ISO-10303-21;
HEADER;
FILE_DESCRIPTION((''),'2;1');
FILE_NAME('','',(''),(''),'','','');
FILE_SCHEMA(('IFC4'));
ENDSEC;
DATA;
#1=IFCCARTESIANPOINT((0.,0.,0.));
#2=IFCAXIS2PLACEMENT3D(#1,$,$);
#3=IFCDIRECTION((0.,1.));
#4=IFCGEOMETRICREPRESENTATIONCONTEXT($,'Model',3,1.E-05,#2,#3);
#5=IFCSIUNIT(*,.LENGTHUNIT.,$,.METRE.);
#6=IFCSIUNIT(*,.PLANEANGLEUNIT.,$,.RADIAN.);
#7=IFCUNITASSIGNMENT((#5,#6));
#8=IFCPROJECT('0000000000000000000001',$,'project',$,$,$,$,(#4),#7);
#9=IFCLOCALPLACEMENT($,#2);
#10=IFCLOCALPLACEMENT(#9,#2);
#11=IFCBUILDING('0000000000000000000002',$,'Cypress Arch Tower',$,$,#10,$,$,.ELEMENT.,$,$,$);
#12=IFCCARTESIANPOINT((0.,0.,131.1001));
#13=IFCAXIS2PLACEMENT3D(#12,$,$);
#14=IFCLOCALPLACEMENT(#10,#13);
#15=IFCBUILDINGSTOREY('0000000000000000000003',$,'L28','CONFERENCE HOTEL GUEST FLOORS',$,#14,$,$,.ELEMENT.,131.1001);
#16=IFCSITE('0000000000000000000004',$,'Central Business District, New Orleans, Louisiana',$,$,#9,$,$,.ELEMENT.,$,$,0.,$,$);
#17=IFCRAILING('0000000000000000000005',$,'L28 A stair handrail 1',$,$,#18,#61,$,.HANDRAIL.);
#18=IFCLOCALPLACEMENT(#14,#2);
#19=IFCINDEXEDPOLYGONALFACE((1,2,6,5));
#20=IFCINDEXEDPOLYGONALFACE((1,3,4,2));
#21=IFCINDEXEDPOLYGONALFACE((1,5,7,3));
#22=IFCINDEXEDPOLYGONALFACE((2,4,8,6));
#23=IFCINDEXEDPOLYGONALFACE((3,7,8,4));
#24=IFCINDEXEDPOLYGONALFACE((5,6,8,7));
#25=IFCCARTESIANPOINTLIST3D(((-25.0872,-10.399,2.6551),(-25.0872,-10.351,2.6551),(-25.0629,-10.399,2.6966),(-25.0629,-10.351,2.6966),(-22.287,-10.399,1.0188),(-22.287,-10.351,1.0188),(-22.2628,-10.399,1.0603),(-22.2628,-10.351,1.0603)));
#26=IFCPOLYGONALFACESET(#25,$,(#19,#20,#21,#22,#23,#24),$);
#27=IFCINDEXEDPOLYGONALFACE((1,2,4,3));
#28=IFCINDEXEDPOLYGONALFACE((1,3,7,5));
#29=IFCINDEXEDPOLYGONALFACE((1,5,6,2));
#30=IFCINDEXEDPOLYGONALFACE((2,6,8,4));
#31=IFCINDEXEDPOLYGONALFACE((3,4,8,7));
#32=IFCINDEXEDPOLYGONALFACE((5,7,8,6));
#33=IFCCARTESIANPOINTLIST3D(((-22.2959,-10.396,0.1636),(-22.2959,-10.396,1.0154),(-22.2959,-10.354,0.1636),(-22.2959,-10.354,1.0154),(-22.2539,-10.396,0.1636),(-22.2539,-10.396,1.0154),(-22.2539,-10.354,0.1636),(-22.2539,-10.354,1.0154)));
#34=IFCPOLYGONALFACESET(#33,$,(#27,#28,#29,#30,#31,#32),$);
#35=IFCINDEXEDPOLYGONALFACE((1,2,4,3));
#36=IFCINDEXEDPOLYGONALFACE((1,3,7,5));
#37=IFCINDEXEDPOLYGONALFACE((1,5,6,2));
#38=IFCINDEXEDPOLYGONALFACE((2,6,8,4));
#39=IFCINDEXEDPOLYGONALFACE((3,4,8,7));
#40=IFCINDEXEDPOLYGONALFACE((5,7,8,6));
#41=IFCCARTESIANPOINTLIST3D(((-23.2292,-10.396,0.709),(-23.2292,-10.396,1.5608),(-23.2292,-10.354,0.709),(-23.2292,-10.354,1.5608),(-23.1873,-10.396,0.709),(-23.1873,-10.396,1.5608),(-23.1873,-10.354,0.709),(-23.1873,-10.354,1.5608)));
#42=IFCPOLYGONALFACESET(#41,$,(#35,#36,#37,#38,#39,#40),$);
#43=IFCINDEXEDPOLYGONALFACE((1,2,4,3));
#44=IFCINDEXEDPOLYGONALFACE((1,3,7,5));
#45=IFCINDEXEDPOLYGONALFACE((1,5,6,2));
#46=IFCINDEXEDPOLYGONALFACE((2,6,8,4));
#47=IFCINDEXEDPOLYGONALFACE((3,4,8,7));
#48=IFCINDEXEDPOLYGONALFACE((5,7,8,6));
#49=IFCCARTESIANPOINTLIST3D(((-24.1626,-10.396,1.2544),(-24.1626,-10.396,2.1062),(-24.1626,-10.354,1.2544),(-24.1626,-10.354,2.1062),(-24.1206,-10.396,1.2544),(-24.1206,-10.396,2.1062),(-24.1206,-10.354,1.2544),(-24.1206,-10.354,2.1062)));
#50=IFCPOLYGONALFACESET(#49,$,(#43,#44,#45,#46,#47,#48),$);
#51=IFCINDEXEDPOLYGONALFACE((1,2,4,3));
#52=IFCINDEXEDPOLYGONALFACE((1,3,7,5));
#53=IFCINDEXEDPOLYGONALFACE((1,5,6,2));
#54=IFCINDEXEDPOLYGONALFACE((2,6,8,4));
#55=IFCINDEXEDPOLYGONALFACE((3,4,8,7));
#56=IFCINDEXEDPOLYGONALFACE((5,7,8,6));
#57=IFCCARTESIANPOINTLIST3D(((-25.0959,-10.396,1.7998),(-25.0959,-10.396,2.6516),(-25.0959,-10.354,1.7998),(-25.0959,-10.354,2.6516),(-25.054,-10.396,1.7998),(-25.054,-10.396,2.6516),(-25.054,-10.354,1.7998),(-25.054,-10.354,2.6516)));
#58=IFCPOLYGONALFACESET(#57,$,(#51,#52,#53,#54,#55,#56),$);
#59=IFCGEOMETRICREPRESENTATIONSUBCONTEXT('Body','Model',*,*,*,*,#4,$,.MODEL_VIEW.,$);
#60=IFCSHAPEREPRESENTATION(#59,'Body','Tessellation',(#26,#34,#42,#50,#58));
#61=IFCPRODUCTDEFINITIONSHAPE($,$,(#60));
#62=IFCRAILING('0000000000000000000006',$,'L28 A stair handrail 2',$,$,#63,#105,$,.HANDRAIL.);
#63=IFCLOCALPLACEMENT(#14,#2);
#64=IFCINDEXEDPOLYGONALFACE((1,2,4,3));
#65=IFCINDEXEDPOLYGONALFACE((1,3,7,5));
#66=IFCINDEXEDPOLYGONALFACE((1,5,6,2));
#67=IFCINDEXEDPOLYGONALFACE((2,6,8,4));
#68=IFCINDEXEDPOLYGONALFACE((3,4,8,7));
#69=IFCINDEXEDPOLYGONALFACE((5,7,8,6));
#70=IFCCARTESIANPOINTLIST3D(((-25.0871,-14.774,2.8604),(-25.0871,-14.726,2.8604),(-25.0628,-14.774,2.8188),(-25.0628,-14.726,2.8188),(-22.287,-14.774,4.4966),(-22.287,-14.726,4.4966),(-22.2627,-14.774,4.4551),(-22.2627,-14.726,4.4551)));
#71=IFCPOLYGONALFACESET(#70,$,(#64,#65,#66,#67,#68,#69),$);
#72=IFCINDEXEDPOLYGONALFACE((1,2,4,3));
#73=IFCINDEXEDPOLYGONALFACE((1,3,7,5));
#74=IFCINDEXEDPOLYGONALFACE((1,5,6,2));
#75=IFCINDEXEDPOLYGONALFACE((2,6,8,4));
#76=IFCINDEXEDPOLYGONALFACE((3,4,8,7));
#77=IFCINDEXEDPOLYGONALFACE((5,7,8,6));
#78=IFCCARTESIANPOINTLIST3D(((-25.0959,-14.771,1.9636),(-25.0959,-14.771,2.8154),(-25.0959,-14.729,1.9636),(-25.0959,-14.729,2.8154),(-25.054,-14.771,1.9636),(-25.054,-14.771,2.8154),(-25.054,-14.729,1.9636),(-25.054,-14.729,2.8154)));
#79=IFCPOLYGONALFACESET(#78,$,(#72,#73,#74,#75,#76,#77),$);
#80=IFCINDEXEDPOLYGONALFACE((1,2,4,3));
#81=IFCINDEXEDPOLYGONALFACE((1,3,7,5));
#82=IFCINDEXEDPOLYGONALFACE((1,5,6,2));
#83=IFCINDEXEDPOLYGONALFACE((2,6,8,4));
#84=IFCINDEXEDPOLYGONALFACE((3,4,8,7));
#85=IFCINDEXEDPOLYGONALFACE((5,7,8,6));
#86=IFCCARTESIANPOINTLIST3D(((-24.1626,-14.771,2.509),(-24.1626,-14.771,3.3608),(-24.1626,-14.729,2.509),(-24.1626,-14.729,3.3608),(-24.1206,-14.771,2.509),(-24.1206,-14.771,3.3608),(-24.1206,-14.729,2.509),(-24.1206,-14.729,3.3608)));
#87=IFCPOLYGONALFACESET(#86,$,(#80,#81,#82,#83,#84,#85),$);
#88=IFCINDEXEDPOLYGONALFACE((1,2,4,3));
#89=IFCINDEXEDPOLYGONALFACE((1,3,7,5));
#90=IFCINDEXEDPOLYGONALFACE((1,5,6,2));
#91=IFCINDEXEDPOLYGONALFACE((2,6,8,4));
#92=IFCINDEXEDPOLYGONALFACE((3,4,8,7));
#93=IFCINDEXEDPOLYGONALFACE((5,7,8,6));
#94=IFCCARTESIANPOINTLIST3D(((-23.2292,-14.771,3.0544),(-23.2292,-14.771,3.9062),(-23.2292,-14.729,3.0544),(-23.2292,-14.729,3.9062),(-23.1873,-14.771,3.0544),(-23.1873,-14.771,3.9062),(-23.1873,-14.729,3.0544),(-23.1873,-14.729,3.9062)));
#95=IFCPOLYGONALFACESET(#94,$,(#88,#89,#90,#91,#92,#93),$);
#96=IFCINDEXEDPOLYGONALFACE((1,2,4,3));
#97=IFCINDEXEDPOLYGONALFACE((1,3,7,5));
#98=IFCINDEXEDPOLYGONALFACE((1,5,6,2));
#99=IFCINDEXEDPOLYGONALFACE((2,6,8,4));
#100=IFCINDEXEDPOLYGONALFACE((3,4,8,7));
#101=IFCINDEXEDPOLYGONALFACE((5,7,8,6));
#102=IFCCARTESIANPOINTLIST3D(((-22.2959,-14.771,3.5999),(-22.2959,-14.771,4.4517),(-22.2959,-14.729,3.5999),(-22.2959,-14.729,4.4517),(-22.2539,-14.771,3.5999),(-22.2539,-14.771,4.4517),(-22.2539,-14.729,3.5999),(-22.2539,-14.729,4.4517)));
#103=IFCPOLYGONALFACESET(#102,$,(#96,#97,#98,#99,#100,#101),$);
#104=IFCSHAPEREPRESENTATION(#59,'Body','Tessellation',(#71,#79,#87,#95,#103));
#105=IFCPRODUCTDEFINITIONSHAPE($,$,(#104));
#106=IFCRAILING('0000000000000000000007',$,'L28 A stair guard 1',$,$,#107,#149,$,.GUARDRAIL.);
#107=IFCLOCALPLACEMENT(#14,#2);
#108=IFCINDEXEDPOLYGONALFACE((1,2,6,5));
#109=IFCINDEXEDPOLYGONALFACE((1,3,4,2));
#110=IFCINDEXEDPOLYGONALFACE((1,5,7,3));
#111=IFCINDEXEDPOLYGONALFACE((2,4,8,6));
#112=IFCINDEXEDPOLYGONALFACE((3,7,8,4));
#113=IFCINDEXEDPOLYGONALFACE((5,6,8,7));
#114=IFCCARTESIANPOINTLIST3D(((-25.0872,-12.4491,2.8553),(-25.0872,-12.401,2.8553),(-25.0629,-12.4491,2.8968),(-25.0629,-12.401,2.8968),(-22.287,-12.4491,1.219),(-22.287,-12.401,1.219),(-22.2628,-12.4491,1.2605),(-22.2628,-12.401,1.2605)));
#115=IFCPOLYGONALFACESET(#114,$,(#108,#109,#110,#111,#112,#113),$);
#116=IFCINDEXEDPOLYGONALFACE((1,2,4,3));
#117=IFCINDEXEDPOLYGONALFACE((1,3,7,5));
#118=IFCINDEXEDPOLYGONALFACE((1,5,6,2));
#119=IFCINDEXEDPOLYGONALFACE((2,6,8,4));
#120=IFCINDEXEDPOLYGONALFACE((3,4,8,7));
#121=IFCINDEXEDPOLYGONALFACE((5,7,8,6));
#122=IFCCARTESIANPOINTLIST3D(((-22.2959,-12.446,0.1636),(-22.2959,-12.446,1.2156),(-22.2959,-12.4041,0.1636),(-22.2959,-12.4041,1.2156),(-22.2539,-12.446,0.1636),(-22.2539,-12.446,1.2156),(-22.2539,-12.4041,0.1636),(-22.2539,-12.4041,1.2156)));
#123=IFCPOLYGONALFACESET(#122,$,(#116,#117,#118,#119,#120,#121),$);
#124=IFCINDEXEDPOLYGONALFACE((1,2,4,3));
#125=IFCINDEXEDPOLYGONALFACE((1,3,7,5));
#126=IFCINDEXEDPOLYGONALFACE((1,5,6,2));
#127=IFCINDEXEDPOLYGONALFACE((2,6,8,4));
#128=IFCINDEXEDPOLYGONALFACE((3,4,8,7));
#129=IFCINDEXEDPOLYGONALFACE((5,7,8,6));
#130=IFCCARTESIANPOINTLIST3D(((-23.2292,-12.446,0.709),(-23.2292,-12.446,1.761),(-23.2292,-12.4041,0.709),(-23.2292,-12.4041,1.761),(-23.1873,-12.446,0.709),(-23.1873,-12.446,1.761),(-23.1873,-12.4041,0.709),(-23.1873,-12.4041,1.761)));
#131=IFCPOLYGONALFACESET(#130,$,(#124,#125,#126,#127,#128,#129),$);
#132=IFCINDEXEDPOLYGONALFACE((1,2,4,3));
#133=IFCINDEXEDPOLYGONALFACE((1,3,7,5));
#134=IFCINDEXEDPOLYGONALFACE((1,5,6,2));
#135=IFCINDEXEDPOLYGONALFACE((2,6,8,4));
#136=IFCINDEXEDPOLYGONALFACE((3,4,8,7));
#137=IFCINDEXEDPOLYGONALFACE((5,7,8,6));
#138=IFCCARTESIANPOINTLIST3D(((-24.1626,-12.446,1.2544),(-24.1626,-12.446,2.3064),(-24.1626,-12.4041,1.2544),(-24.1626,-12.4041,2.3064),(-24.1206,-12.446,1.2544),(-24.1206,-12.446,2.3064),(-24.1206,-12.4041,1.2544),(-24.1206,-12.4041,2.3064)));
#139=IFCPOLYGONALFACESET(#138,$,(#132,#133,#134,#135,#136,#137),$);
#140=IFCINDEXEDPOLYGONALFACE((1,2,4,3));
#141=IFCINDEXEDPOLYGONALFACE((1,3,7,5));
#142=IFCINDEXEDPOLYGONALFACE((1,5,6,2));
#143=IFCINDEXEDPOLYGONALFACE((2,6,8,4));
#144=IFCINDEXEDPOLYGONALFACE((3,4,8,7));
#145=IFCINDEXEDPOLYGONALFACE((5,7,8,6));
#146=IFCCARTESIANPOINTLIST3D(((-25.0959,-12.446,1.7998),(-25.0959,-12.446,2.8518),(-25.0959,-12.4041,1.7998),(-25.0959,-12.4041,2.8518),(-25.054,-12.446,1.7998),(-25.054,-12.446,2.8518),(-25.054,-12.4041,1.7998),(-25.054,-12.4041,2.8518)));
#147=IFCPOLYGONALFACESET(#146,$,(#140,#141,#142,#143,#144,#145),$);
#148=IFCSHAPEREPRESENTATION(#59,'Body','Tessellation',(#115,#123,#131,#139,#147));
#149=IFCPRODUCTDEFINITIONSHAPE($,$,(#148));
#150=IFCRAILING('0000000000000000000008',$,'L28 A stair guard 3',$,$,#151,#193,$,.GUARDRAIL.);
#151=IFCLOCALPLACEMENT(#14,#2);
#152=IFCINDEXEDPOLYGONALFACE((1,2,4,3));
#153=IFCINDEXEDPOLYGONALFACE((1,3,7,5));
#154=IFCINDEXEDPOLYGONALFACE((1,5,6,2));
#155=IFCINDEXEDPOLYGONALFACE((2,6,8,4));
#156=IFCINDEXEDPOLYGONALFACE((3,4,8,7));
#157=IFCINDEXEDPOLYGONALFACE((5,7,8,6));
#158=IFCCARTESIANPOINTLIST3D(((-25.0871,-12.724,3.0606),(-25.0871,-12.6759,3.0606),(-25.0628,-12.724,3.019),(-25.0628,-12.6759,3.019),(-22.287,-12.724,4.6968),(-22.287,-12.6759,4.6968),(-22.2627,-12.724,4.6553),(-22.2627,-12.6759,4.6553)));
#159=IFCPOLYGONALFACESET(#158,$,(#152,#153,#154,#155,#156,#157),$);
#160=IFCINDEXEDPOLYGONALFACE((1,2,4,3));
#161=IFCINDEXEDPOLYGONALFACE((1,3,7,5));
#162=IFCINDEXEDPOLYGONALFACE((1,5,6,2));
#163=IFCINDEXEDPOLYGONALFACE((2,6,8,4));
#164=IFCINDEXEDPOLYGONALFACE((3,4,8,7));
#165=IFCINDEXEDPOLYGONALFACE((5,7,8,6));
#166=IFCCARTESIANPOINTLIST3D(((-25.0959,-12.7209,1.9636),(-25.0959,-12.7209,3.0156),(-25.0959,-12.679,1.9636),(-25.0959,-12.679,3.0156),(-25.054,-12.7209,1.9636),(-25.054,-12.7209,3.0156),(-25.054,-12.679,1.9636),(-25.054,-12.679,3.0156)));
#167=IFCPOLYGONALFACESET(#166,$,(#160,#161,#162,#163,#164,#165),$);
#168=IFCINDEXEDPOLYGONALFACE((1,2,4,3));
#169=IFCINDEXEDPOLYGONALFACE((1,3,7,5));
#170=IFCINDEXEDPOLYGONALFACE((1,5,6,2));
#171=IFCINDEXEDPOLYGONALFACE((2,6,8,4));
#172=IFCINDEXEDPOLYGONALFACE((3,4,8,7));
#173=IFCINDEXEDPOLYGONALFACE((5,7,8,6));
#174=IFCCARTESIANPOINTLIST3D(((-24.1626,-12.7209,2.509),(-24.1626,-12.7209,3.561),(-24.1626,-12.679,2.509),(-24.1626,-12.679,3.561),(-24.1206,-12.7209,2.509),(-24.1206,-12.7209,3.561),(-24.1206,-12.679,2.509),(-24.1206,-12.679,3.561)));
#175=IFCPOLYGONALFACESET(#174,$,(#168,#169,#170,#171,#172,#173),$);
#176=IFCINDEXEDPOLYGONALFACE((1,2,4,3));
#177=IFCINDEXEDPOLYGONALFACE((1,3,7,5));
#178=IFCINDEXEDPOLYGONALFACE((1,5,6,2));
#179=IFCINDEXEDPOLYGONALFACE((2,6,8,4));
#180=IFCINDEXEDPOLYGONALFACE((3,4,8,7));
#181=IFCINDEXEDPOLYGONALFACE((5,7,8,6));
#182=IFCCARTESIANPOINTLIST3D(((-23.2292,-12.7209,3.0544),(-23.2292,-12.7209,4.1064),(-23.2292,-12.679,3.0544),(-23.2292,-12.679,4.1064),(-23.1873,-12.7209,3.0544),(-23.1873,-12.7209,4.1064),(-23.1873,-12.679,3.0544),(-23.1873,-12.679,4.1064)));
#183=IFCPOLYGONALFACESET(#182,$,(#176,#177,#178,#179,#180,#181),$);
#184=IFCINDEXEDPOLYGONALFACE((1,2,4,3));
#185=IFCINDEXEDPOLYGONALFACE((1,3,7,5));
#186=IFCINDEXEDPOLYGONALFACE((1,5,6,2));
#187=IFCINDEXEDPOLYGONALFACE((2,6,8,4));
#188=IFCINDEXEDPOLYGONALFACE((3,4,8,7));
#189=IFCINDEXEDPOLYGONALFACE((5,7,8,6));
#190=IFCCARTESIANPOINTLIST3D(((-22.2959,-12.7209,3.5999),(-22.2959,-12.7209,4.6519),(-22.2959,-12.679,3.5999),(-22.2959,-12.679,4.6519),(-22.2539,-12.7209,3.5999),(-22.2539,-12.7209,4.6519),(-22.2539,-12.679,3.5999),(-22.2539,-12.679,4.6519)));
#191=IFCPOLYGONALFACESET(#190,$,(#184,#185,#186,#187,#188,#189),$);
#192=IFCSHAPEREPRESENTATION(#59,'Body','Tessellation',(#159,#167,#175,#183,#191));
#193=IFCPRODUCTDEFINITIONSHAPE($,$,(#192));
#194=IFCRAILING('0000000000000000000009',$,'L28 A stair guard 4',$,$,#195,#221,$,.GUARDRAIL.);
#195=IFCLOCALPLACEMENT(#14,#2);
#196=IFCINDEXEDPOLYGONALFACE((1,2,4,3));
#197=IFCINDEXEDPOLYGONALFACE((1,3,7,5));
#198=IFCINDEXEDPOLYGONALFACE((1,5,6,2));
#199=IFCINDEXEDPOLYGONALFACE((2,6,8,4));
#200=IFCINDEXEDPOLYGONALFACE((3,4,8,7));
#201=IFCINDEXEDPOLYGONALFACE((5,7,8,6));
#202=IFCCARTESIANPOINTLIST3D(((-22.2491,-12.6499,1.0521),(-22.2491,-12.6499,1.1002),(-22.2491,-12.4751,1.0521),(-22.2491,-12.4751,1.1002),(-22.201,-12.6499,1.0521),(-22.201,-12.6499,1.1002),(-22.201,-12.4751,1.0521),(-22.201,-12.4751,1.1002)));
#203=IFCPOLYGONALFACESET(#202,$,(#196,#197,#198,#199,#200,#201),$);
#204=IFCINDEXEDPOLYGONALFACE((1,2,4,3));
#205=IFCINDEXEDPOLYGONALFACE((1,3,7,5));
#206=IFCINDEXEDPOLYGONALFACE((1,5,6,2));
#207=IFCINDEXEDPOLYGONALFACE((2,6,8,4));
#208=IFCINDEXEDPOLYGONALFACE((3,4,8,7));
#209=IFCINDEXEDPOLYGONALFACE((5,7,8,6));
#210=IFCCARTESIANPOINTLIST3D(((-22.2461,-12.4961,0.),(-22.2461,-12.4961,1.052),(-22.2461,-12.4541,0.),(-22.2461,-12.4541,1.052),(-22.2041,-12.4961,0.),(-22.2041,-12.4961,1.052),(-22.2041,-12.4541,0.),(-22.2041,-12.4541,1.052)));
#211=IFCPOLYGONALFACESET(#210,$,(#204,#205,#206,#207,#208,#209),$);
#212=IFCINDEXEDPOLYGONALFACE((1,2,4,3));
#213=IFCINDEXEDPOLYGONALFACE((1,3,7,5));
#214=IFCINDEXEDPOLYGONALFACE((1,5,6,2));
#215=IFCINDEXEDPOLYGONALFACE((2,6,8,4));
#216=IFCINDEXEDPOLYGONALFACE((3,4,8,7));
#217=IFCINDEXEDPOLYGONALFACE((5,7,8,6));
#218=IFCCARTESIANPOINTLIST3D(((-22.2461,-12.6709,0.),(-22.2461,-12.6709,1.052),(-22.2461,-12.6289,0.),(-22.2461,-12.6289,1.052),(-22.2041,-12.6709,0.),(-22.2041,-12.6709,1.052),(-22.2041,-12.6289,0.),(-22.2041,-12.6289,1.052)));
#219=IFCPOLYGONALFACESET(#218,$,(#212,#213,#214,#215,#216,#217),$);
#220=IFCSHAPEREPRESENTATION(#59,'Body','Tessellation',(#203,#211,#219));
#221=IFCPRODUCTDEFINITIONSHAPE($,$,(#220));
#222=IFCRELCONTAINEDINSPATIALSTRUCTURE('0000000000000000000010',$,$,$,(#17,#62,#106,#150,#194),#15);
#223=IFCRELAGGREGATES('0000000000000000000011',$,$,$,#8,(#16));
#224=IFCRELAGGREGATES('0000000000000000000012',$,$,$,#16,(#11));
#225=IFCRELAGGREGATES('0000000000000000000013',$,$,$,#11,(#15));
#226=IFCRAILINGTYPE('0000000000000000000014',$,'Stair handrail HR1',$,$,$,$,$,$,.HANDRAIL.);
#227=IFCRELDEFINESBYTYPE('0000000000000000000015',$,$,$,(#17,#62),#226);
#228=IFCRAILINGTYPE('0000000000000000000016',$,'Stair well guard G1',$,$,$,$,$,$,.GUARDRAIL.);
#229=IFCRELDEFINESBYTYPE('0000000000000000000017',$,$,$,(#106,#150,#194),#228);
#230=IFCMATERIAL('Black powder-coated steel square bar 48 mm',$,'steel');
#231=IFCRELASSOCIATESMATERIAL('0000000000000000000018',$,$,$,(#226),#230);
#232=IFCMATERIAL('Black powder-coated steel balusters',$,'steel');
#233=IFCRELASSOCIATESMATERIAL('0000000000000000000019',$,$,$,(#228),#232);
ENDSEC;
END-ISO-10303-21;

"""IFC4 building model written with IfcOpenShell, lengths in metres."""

from ifc_helpers import new_model, si_unit, direction, frame, origin, origin_2d, place, context, subcontext, project, spatial, rectangle, extrude, material, type_object, element, save


model = new_model("IFC4")

# Units and contexts
model_context = context("Model", 3, precision=1e-05, world=origin(), true_north=direction((0.0, 1.0)))
body_context = subcontext(model_context, "Body", "Model", "MODEL_VIEW")
ifc_project = project(units=[si_unit("LENGTHUNIT", "METRE"), si_unit("PLANEANGLEUNIT", "RADIAN")], contexts=[model_context])

# Site, building, storey
site_placement = place(None, origin())
site = spatial("IfcSite", under=ifc_project, at=site_placement, Name="Central Business District, New Orleans, Louisiana", CompositionType="ELEMENT", RefElevation=0.0)
building_placement = place(site_placement, origin())
building = spatial("IfcBuilding", under=site, at=building_placement, Name="Cypress Arch Tower", CompositionType="ELEMENT")
storey_placement = place(building_placement, frame((0.0, 0.0, 131.1001)))
storey = spatial("IfcBuildingStorey", under=building, at=storey_placement, Name="L28", Description="CONFERENCE HOTEL GUEST FLOORS", CompositionType="ELEMENT", Elevation=131.1001)

# Railings
ifc_material_1 = material(Name="Black powder-coated steel square bar 48 mm", Category="steel")
railing_type_1 = type_object("IfcRailingType", Name="Stair handrail HR1", PredefinedType="HANDRAIL", material=ifc_material_1)
railing_1_placement = place(storey_placement, frame((-22.2749, -10.375, 0.1636)))
element("IfcRailing", 1, at=railing_1_placement, inside=storey, type_object=railing_type_1, Name="L28 A stair handrail 1", PredefinedType="HANDRAIL", context=body_context, shape_type="SweptSolid", body=[
    extrude(rectangle(XDim=0.0481, YDim=0.0481, at=origin_2d()), frame((0.0, 0.0, 0.876), z_axis=(-0.863394, 0.0, 0.504531), x_axis=(0.0, -1.0, 0.0)), (0.0, 0.0, 1.0), 3.2432),
    extrude(rectangle(XDim=0.042, YDim=0.042, at=origin_2d()), origin(), (0.0, 0.0, 1.0), 0.8518),
    extrude(rectangle(XDim=0.042, YDim=0.042, at=origin_2d()), frame((-0.9333, 0.0, 0.5454)), (0.0, 0.0, 1.0), 0.8518),
    extrude(rectangle(XDim=0.042, YDim=0.042, at=origin_2d()), frame((-1.8667, 0.0, 1.0908)), (0.0, 0.0, 1.0), 0.8518),
    extrude(rectangle(XDim=0.042, YDim=0.042, at=origin_2d()), frame((-2.8, 0.0, 1.6362)), (0.0, 0.0, 1.0), 0.8518),
])
railing_2_placement = place(storey_placement, frame((-25.075, -14.75, 1.9636)))
element("IfcRailing", 2, at=railing_2_placement, inside=storey, type_object=railing_type_1, Name="L28 A stair handrail 2", PredefinedType="HANDRAIL", context=body_context, shape_type="SweptSolid", body=[
    extrude(rectangle(XDim=0.0481, YDim=0.0481, at=origin_2d()), frame((0.0, 0.0, 0.876), z_axis=(0.863394, 0.0, 0.504531), x_axis=(0.0, 1.0, 0.0)), (0.0, 0.0, 1.0), 3.2432),
    extrude(rectangle(XDim=0.042, YDim=0.042, at=origin_2d()), origin(), (0.0, 0.0, 1.0), 0.8518),
    extrude(rectangle(XDim=0.042, YDim=0.042, at=origin_2d()), frame((0.9333, 0.0, 0.5454)), (0.0, 0.0, 1.0), 0.8518),
    extrude(rectangle(XDim=0.042, YDim=0.042, at=origin_2d()), frame((1.8667, 0.0, 1.0908)), (0.0, 0.0, 1.0), 0.8518),
    extrude(rectangle(XDim=0.042, YDim=0.042, at=origin_2d()), frame((2.8, 0.0, 1.6362)), (0.0, 0.0, 1.0), 0.8518),
])
ifc_material_2 = material(Name="Black powder-coated steel balusters", Category="steel")
railing_type_2 = type_object("IfcRailingType", Name="Stair well guard G1", PredefinedType="GUARDRAIL", material=ifc_material_2)
railing_3_placement = place(storey_placement, frame((-22.2749, -12.425, 0.1636)))
element("IfcRailing", 3, at=railing_3_placement, inside=storey, type_object=railing_type_2, Name="L28 A stair guard 1", PredefinedType="GUARDRAIL", context=body_context, shape_type="SweptSolid", body=[
    extrude(rectangle(XDim=0.0481, YDim=0.0481, at=origin_2d()), frame((0.0, 0.0, 1.0762), z_axis=(-0.863394, 0.0, 0.504531), x_axis=(0.0, -1.0, 0.0)), (0.0, 0.0, 1.0), 3.2432),
    extrude(rectangle(XDim=0.042, YDim=0.042, at=origin_2d()), origin(), (0.0, 0.0, 1.0), 1.052),
    extrude(rectangle(XDim=0.042, YDim=0.042, at=origin_2d()), frame((-0.9333, 0.0, 0.5454)), (0.0, 0.0, 1.0), 1.052),
    extrude(rectangle(XDim=0.042, YDim=0.042, at=origin_2d()), frame((-1.8667, 0.0, 1.0908)), (0.0, 0.0, 1.0), 1.052),
    extrude(rectangle(XDim=0.042, YDim=0.042, at=origin_2d()), frame((-2.8, 0.0, 1.6362)), (0.0, 0.0, 1.0), 1.052),
])
railing_4_placement = place(storey_placement, frame((-25.075, -12.7, 1.9636)))
element("IfcRailing", 4, at=railing_4_placement, inside=storey, type_object=railing_type_2, Name="L28 A stair guard 3", PredefinedType="GUARDRAIL", context=body_context, shape_type="SweptSolid", body=[
    extrude(rectangle(XDim=0.0481, YDim=0.0481, at=origin_2d()), frame((0.0, 0.0, 1.0762), z_axis=(0.863394, 0.0, 0.504531), x_axis=(0.0, 1.0, 0.0)), (0.0, 0.0, 1.0), 3.2432),
    extrude(rectangle(XDim=0.042, YDim=0.042, at=origin_2d()), origin(), (0.0, 0.0, 1.0), 1.052),
    extrude(rectangle(XDim=0.042, YDim=0.042, at=origin_2d()), frame((0.9333, 0.0, 0.5454)), (0.0, 0.0, 1.0), 1.052),
    extrude(rectangle(XDim=0.042, YDim=0.042, at=origin_2d()), frame((1.8667, 0.0, 1.0908)), (0.0, 0.0, 1.0), 1.052),
    extrude(rectangle(XDim=0.042, YDim=0.042, at=origin_2d()), frame((2.8, 0.0, 1.6362)), (0.0, 0.0, 1.0), 1.052),
])
railing_5_placement = place(storey_placement, frame((-22.2251, -12.4751, 0.0)))
element("IfcRailing", 5, at=railing_5_placement, inside=storey, type_object=railing_type_2, Name="L28 A stair guard 4", PredefinedType="GUARDRAIL", context=body_context, shape_type="SweptSolid", body=[
    extrude(rectangle(XDim=0.0481, YDim=0.0481, at=origin_2d()), frame((0.0, 0.0, 1.0762), z_axis=(0.0, -1.0, 0.0), x_axis=(1.0, 0.0, 0.0)), (0.0, 0.0, 1.0), 0.1748),
    extrude(rectangle(XDim=0.042, YDim=0.042, at=origin_2d()), origin(), (0.0, 0.0, 1.0), 1.052),
    extrude(rectangle(XDim=0.042, YDim=0.042, at=origin_2d()), frame((0.0, -0.1748, 0.0)), (0.0, 0.0, 1.0), 1.052),
])

save(model, "model.ifc")
